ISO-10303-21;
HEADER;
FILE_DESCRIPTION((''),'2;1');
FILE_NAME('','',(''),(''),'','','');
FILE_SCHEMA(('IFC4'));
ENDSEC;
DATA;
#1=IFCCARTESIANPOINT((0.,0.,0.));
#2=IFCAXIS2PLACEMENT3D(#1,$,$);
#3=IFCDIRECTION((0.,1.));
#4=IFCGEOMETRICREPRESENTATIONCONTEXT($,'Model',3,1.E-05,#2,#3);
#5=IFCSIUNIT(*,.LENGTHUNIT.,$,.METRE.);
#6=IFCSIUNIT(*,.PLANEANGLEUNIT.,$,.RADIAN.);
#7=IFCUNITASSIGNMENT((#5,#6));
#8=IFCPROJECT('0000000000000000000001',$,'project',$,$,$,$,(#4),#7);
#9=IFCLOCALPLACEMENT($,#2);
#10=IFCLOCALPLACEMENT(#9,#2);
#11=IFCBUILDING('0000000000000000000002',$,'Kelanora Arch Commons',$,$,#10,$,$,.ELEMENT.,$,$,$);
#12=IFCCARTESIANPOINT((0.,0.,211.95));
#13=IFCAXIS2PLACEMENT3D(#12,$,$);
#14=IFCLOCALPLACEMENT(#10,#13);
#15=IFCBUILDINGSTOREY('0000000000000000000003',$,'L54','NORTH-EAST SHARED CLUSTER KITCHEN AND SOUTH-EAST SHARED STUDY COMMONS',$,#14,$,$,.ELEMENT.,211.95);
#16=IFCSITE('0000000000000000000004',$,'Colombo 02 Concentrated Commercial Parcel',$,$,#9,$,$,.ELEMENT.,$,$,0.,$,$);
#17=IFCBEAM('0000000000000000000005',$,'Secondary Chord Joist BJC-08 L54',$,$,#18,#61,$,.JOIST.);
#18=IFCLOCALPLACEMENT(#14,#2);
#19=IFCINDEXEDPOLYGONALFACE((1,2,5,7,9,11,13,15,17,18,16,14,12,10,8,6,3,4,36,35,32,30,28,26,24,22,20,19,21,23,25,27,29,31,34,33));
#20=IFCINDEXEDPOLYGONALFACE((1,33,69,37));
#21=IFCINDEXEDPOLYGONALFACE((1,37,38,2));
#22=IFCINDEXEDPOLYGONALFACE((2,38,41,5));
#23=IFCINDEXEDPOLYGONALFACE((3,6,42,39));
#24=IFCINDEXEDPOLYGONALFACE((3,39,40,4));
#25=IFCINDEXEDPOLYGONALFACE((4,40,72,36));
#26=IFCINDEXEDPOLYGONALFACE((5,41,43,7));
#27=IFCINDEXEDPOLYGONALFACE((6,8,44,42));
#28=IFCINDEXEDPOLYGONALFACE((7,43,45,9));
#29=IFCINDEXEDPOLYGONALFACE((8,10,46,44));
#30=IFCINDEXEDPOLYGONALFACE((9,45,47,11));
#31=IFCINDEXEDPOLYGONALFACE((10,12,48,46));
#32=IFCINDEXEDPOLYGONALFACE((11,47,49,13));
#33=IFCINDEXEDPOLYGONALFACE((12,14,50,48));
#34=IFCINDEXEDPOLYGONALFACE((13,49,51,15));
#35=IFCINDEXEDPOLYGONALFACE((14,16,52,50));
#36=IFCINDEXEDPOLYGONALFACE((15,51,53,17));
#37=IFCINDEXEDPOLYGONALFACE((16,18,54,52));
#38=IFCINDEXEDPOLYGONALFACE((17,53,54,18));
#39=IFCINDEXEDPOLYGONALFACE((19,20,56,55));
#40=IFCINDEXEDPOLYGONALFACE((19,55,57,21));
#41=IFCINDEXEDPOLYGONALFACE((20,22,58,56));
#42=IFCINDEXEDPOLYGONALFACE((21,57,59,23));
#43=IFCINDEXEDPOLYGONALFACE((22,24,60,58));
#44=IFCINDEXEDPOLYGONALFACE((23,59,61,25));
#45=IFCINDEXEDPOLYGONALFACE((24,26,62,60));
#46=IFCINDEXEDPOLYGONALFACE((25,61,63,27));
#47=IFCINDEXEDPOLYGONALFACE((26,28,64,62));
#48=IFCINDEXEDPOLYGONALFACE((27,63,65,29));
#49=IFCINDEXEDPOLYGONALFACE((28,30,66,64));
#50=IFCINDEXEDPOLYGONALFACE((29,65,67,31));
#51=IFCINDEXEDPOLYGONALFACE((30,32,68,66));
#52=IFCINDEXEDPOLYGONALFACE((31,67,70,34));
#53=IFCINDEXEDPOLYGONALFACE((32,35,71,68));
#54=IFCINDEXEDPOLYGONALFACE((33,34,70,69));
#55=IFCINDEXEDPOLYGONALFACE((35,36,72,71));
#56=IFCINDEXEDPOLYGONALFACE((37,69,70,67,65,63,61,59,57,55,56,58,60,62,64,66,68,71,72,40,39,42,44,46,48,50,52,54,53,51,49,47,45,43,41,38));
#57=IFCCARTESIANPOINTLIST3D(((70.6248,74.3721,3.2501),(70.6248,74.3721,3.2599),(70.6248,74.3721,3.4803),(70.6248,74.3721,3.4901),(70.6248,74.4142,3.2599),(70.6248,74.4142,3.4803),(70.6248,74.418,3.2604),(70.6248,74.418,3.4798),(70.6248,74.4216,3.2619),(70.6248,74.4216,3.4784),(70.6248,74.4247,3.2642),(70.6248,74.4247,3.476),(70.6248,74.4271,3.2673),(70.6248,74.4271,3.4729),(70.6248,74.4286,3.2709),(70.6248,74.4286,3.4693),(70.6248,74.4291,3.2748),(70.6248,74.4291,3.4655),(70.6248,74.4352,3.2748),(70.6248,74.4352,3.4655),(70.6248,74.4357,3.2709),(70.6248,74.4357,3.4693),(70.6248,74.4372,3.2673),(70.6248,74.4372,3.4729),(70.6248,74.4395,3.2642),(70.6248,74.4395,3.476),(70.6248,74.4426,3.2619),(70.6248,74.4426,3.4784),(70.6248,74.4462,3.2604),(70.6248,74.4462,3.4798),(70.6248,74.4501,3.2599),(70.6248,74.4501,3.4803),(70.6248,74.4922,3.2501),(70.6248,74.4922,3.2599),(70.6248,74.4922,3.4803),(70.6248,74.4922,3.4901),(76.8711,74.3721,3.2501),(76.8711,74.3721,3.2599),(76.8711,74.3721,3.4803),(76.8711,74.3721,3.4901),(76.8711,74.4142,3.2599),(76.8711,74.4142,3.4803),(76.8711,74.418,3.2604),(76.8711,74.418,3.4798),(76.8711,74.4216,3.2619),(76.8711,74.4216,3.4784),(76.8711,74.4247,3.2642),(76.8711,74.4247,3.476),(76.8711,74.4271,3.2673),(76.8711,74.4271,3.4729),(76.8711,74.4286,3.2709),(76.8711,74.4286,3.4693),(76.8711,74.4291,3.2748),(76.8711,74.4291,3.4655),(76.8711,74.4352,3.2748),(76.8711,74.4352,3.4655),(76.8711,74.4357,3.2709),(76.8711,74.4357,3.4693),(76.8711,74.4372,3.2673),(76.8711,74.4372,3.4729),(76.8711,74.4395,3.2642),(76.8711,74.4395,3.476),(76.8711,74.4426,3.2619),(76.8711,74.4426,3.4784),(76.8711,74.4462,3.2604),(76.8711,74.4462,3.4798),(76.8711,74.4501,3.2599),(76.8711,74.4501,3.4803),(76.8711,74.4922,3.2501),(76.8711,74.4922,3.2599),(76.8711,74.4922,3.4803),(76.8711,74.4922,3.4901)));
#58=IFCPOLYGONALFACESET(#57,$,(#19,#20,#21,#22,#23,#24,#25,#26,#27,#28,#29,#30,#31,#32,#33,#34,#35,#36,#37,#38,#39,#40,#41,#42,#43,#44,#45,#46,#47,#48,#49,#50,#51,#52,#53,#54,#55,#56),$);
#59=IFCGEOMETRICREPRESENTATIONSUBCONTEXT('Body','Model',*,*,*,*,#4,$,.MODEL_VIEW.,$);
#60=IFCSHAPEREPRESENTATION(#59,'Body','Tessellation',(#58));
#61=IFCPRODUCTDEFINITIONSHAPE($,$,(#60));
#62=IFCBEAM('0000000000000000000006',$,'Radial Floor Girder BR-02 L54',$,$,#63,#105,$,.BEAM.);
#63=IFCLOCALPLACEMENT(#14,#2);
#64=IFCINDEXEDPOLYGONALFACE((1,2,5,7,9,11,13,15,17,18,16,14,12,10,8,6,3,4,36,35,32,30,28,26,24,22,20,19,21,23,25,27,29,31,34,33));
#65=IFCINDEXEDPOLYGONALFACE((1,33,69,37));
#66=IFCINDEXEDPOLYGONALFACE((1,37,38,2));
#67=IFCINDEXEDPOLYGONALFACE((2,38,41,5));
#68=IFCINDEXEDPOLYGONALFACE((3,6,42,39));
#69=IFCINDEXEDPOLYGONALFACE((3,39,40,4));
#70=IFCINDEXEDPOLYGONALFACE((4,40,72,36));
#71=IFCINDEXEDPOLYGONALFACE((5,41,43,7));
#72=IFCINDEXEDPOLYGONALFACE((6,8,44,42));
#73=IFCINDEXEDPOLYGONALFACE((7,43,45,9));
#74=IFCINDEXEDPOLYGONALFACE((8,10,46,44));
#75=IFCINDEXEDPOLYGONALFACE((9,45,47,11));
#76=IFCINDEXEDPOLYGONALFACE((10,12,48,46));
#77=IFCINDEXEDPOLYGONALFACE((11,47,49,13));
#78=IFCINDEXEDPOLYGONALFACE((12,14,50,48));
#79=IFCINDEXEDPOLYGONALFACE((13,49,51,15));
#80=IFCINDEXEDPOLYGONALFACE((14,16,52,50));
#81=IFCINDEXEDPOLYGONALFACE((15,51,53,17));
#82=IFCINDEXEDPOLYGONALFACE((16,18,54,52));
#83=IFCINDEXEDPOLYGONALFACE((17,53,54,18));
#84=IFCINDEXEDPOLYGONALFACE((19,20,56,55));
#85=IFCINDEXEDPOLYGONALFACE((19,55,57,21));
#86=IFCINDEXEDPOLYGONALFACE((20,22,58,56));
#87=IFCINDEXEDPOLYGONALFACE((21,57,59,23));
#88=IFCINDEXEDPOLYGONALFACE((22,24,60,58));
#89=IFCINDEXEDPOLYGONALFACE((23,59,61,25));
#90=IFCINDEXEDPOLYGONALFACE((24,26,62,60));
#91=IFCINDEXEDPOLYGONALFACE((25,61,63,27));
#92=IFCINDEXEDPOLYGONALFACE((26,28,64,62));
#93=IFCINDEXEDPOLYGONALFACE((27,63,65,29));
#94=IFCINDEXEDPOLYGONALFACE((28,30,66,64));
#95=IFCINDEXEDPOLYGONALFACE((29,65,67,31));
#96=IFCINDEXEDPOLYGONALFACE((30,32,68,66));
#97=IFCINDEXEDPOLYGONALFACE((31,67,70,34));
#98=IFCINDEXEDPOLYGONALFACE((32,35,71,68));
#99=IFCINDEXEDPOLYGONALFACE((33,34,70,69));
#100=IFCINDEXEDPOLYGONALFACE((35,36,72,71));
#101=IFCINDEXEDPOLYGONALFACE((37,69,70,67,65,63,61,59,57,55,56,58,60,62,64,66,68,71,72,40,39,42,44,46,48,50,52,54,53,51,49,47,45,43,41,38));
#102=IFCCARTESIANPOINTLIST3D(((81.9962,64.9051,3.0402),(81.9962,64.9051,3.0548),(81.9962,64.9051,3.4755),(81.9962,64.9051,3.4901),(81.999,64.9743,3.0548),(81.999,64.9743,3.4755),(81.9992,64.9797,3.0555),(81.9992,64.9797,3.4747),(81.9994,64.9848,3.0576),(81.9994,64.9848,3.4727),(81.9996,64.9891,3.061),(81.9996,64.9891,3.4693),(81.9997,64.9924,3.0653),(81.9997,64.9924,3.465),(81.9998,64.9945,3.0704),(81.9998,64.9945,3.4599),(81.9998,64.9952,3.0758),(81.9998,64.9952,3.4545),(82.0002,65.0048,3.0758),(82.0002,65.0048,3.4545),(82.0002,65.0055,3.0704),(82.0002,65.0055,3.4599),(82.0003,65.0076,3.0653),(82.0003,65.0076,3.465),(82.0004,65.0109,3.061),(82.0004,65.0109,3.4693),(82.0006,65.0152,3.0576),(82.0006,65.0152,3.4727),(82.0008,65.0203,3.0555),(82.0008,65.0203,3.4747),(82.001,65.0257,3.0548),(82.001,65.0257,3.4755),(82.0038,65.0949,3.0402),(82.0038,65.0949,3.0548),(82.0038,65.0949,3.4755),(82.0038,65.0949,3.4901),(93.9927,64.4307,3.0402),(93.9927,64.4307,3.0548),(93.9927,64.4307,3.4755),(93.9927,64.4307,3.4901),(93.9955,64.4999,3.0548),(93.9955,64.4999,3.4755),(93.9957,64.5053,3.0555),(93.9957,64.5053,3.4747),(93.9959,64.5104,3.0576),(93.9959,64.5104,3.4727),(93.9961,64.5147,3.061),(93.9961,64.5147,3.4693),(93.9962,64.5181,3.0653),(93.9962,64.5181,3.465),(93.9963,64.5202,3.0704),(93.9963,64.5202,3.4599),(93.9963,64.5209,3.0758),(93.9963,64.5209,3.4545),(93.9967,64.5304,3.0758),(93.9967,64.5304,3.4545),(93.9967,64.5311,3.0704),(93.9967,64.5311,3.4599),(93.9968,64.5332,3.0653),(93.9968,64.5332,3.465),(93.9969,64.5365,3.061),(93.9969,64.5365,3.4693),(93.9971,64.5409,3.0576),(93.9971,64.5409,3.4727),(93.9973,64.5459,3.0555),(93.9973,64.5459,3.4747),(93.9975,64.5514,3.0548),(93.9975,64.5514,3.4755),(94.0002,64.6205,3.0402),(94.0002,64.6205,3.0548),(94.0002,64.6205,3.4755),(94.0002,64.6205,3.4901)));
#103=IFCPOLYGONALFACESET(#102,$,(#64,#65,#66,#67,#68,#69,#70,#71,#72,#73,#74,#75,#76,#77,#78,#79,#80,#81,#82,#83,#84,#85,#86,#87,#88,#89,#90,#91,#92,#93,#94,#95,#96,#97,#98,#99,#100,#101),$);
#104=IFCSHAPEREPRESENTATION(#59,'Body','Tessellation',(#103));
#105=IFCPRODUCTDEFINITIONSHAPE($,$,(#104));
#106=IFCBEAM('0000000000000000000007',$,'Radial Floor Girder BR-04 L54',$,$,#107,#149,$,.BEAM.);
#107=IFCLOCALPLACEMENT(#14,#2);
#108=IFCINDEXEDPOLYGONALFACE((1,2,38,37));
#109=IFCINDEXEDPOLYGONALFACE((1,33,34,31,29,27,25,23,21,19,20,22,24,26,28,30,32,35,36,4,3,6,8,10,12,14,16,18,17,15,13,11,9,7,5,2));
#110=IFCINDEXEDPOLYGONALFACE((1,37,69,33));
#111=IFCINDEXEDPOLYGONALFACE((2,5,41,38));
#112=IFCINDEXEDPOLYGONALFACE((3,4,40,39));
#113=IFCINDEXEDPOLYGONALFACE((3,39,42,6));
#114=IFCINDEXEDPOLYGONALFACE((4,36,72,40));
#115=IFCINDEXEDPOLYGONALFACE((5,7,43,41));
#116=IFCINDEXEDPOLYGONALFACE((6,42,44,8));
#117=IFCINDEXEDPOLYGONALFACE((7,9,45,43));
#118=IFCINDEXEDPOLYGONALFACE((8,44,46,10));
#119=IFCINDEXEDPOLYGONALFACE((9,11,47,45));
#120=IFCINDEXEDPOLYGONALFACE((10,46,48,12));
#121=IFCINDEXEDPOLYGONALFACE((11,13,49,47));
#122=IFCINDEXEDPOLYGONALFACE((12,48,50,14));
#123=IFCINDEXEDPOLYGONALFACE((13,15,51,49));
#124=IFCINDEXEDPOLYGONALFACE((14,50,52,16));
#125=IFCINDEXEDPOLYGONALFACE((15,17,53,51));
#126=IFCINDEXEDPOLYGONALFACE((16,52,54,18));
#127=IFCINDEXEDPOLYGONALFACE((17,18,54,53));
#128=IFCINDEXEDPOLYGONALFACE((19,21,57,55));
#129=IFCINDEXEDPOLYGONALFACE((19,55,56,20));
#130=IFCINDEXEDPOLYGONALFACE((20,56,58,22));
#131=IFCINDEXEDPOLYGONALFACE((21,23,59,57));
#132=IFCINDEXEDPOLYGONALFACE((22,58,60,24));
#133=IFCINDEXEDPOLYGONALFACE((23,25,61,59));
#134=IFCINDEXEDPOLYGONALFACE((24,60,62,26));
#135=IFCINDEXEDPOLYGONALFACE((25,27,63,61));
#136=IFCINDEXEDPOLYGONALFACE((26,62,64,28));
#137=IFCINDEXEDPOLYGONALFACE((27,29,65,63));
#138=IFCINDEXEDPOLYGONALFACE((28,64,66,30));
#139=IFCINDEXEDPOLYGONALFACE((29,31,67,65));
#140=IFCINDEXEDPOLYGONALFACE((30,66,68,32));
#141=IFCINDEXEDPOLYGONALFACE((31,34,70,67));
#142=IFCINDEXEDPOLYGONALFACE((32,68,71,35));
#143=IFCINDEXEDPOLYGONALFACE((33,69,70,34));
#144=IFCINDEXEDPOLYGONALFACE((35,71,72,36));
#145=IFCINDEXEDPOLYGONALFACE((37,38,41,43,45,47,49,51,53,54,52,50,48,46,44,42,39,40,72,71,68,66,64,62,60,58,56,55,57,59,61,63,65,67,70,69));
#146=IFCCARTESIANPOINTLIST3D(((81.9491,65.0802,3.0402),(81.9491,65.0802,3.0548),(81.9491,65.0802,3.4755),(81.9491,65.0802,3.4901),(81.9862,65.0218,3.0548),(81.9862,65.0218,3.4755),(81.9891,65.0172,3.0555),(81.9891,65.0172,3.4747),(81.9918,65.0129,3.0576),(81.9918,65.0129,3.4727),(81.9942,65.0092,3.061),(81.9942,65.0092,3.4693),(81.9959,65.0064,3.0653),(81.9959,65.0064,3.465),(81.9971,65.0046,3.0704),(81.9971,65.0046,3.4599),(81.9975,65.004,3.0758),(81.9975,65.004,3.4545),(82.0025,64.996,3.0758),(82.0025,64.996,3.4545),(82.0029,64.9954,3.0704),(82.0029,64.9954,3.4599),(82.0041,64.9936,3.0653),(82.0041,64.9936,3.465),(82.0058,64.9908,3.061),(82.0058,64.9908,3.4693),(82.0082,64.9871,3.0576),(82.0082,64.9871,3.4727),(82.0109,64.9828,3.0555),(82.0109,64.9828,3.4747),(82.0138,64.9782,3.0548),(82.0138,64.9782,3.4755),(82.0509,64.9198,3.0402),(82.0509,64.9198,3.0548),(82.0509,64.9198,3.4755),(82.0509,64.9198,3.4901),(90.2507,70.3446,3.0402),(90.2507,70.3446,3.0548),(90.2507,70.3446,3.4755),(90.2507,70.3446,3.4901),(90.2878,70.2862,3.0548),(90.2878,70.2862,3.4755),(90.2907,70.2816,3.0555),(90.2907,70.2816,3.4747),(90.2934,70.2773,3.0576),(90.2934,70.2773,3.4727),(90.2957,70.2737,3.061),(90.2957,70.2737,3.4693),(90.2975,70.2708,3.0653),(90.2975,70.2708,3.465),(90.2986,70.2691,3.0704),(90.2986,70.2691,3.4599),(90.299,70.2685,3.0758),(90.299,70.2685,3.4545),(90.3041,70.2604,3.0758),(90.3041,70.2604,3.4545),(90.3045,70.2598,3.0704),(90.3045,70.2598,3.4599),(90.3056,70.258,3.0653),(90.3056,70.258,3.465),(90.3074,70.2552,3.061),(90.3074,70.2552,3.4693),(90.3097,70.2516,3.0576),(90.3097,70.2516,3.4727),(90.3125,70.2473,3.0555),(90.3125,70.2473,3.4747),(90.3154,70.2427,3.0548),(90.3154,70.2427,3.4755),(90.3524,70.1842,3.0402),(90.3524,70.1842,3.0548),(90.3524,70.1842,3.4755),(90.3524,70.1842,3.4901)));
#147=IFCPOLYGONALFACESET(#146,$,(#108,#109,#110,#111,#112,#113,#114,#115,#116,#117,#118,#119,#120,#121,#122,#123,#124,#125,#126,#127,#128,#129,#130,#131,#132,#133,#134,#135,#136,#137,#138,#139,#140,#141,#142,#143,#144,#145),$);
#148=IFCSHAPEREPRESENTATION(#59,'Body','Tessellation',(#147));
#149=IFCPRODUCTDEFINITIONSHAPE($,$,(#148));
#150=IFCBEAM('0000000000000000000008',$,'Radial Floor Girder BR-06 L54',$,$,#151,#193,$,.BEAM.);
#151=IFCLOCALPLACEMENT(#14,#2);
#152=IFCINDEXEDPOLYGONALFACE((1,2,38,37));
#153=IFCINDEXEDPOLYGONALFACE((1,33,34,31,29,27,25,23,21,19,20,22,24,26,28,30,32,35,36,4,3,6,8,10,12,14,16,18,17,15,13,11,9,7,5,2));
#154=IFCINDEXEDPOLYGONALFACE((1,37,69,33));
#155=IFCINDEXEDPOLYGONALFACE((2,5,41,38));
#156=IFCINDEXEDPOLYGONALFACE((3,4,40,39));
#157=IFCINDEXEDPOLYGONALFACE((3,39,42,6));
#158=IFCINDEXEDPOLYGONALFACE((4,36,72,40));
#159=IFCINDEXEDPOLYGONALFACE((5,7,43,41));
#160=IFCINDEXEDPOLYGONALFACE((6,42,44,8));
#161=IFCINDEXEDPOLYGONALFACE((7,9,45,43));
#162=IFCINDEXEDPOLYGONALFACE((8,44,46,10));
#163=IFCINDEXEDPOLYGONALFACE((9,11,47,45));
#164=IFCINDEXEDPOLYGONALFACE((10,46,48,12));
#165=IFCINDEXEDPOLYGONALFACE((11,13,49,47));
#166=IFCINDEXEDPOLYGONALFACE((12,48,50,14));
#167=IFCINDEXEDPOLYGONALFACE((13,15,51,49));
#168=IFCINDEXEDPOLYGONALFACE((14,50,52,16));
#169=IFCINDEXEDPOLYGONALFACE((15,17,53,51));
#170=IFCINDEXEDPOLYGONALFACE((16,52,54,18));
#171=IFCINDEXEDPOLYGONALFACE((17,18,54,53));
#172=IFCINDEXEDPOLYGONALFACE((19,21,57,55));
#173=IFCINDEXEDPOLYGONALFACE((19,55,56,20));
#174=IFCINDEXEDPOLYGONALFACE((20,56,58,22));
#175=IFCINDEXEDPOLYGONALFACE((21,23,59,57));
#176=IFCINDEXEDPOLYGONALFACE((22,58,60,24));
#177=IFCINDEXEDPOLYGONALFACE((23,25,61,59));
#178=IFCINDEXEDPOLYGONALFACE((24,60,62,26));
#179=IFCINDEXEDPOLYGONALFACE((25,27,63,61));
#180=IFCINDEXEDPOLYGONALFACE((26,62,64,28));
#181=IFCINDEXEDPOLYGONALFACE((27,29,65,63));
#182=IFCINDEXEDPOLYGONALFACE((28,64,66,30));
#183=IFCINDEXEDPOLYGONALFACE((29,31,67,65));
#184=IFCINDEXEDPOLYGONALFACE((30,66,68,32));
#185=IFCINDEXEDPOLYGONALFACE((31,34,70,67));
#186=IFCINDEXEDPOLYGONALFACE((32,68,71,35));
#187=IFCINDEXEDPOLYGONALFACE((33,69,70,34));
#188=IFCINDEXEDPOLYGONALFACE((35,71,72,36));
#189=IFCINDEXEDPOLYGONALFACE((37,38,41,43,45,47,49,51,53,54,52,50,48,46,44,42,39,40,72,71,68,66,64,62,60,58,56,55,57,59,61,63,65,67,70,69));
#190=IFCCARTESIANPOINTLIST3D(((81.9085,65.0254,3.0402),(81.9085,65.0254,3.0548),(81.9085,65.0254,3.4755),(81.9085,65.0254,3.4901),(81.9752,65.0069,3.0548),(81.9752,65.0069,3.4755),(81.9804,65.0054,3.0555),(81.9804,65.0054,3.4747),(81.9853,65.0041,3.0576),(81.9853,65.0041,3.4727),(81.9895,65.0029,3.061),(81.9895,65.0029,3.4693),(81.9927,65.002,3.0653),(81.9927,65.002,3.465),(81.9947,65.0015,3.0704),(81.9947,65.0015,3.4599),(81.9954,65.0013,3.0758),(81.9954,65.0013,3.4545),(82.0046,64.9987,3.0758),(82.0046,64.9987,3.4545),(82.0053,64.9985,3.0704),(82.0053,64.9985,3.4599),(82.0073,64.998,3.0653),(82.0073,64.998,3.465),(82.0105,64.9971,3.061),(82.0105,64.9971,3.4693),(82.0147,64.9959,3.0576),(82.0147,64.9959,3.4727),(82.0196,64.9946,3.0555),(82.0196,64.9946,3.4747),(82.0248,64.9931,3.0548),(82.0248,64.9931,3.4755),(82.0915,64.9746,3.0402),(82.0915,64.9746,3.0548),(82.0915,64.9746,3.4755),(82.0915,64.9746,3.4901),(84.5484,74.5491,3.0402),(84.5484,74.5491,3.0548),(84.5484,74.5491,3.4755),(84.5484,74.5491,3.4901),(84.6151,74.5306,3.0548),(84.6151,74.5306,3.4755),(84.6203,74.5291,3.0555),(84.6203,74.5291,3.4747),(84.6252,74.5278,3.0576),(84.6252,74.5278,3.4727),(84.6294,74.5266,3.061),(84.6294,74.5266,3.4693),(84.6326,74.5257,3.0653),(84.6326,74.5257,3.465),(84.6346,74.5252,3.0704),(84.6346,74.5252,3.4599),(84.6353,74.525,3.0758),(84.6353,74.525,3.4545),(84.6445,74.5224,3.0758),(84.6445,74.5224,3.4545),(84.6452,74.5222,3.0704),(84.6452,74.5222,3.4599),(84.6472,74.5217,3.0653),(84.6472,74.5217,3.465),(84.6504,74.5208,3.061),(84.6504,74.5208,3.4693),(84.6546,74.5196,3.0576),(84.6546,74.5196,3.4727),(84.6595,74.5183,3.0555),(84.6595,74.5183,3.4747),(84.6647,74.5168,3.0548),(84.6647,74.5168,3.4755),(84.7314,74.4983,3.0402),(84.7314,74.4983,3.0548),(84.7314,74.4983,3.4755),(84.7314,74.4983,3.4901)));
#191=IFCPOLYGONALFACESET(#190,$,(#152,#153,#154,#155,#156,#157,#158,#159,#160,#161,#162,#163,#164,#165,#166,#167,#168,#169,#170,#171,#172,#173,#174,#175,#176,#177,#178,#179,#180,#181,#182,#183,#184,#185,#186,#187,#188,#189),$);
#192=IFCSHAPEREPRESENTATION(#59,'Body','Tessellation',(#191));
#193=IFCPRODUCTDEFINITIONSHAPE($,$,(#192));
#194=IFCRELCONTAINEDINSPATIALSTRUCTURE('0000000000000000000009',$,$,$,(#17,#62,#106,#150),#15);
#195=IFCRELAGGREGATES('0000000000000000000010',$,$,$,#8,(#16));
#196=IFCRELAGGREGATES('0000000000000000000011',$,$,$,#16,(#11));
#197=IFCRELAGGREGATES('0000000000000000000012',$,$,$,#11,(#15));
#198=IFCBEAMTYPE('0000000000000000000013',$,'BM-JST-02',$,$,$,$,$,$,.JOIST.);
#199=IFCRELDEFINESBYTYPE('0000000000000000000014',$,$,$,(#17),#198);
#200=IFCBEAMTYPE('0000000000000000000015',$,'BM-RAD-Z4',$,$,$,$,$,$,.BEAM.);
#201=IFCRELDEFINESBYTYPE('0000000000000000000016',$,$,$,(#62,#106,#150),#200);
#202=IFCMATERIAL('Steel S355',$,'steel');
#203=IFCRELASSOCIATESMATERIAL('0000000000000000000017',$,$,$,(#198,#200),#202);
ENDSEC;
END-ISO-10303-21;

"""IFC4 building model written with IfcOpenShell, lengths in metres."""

from ifc_helpers import new_model, si_unit, direction, frame, origin, origin_2d, place, context, subcontext, project, spatial, i_section, extrude, material, material_profile, profile_set, type_object, element, save


model = new_model("IFC4")

# Units and contexts
model_context = context("Model", 3, precision=1e-05, world=origin(), true_north=direction((0.0, 1.0)))
body_context = subcontext(model_context, "Body", "Model", "MODEL_VIEW")
ifc_project = project(units=[si_unit("LENGTHUNIT", "METRE"), si_unit("PLANEANGLEUNIT", "RADIAN")], contexts=[model_context])

# Site, building, storey
site_placement = place(None, origin())
site = spatial("IfcSite", under=ifc_project, at=site_placement, Name="Colombo 02 Concentrated Commercial Parcel", CompositionType="ELEMENT", RefElevation=0.0)
building_placement = place(site_placement, origin())
building = spatial("IfcBuilding", under=site, at=building_placement, Name="Kelanora Arch Commons", CompositionType="ELEMENT")
storey_placement = place(building_placement, frame((0.0, 0.0, 211.95)))
storey = spatial("IfcBuildingStorey", under=building, at=storey_placement, Name="L54", Description="NORTH-EAST SHARED CLUSTER KITCHEN AND SOUTH-EAST SHARED STUDY COMMONS", CompositionType="ELEMENT", Elevation=211.95)

# Beams
ifc_material_1 = material(Name="Steel S355", Category="steel")
ifc_material_profile_1 = material_profile(ifc_material_1, i_section(OverallWidth=0.1201, OverallDepth=0.24, WebThickness=0.0061, FlangeThickness=0.0098, FilletRadius=0.0149, at=origin_2d()), Name="IPE240")
ifc_profile_set_1 = profile_set([ifc_material_profile_1], Name="Steel S355")
beam_type_1 = type_object("IfcBeamType", Name="BM-JST-02", PredefinedType="JOIST", material=ifc_profile_set_1)
beam_1_placement = place(storey_placement, frame((76.8711, 74.4321, 3.3701), z_axis=(-1.0, 0.0, 0.0), x_axis=(0.0, -1.0, 0.0)))
element("IfcBeam", 1, at=beam_1_placement, inside=storey, type_object=beam_type_1, Name="Secondary Chord Joist BJC-08 L54", PredefinedType="JOIST", context=body_context, shape_type="SweptSolid", body=[
    extrude(i_section(OverallWidth=0.1201, OverallDepth=0.24, WebThickness=0.0061, FlangeThickness=0.0098, FilletRadius=0.0149, at=origin_2d()), origin(), (0.0, 0.0, 1.0), 6.2463),
])
ifc_material_profile_2 = material_profile(ifc_material_1, i_section(OverallWidth=0.1899, OverallDepth=0.45, WebThickness=0.0095, FlangeThickness=0.0146, FilletRadius=0.021, at=origin_2d()), Name="IPE450")
ifc_profile_set_2 = profile_set([ifc_material_profile_2], Name="Steel S355")
beam_type_2 = type_object("IfcBeamType", Name="BM-RAD-Z4", PredefinedType="BEAM", material=ifc_profile_set_2)
beam_2_placement = place(storey_placement, frame((82.0, 65.0, 3.2651), z_axis=(0.999219, -0.039511, 0.0), x_axis=(0.039511, 0.999219, 0.0)))
element("IfcBeam", 2, at=beam_2_placement, inside=storey, type_object=beam_type_2, Name="Radial Floor Girder BR-02 L54", PredefinedType="BEAM", context=body_context, shape_type="SweptSolid", body=[
    extrude(i_section(OverallWidth=0.1899, OverallDepth=0.45, WebThickness=0.0095, FlangeThickness=0.0146, FilletRadius=0.021, at=origin_2d()), origin(), (0.0, 0.0, 1.0), 12.0059),
])
beam_3_placement = place(storey_placement, frame((82.0, 65.0, 3.2651), z_axis=(0.844507, 0.535544, 0.0), x_axis=(-0.535544, 0.844507, 0.0)))
element("IfcBeam", 3, at=beam_3_placement, inside=storey, type_object=beam_type_2, Name="Radial Floor Girder BR-04 L54", PredefinedType="BEAM", context=body_context, shape_type="SweptSolid", body=[
    extrude(i_section(OverallWidth=0.1899, OverallDepth=0.45, WebThickness=0.0095, FlangeThickness=0.0146, FilletRadius=0.021, at=origin_2d()), origin(), (0.0, 0.0, 1.0), 9.8301),
])
beam_4_placement = place(storey_placement, frame((82.0, 65.0, 3.2651), z_axis=(0.26712, 0.963663, 0.0), x_axis=(-0.963663, 0.26712, 0.0)))
element("IfcBeam", 4, at=beam_4_placement, inside=storey, type_object=beam_type_2, Name="Radial Floor Girder BR-06 L54", PredefinedType="BEAM", context=body_context, shape_type="SweptSolid", body=[
    extrude(i_section(OverallWidth=0.1899, OverallDepth=0.45, WebThickness=0.0095, FlangeThickness=0.0146, FilletRadius=0.021, at=origin_2d()), origin(), (0.0, 0.0, 1.0), 9.8828),
])

save(model, "model.ifc")
